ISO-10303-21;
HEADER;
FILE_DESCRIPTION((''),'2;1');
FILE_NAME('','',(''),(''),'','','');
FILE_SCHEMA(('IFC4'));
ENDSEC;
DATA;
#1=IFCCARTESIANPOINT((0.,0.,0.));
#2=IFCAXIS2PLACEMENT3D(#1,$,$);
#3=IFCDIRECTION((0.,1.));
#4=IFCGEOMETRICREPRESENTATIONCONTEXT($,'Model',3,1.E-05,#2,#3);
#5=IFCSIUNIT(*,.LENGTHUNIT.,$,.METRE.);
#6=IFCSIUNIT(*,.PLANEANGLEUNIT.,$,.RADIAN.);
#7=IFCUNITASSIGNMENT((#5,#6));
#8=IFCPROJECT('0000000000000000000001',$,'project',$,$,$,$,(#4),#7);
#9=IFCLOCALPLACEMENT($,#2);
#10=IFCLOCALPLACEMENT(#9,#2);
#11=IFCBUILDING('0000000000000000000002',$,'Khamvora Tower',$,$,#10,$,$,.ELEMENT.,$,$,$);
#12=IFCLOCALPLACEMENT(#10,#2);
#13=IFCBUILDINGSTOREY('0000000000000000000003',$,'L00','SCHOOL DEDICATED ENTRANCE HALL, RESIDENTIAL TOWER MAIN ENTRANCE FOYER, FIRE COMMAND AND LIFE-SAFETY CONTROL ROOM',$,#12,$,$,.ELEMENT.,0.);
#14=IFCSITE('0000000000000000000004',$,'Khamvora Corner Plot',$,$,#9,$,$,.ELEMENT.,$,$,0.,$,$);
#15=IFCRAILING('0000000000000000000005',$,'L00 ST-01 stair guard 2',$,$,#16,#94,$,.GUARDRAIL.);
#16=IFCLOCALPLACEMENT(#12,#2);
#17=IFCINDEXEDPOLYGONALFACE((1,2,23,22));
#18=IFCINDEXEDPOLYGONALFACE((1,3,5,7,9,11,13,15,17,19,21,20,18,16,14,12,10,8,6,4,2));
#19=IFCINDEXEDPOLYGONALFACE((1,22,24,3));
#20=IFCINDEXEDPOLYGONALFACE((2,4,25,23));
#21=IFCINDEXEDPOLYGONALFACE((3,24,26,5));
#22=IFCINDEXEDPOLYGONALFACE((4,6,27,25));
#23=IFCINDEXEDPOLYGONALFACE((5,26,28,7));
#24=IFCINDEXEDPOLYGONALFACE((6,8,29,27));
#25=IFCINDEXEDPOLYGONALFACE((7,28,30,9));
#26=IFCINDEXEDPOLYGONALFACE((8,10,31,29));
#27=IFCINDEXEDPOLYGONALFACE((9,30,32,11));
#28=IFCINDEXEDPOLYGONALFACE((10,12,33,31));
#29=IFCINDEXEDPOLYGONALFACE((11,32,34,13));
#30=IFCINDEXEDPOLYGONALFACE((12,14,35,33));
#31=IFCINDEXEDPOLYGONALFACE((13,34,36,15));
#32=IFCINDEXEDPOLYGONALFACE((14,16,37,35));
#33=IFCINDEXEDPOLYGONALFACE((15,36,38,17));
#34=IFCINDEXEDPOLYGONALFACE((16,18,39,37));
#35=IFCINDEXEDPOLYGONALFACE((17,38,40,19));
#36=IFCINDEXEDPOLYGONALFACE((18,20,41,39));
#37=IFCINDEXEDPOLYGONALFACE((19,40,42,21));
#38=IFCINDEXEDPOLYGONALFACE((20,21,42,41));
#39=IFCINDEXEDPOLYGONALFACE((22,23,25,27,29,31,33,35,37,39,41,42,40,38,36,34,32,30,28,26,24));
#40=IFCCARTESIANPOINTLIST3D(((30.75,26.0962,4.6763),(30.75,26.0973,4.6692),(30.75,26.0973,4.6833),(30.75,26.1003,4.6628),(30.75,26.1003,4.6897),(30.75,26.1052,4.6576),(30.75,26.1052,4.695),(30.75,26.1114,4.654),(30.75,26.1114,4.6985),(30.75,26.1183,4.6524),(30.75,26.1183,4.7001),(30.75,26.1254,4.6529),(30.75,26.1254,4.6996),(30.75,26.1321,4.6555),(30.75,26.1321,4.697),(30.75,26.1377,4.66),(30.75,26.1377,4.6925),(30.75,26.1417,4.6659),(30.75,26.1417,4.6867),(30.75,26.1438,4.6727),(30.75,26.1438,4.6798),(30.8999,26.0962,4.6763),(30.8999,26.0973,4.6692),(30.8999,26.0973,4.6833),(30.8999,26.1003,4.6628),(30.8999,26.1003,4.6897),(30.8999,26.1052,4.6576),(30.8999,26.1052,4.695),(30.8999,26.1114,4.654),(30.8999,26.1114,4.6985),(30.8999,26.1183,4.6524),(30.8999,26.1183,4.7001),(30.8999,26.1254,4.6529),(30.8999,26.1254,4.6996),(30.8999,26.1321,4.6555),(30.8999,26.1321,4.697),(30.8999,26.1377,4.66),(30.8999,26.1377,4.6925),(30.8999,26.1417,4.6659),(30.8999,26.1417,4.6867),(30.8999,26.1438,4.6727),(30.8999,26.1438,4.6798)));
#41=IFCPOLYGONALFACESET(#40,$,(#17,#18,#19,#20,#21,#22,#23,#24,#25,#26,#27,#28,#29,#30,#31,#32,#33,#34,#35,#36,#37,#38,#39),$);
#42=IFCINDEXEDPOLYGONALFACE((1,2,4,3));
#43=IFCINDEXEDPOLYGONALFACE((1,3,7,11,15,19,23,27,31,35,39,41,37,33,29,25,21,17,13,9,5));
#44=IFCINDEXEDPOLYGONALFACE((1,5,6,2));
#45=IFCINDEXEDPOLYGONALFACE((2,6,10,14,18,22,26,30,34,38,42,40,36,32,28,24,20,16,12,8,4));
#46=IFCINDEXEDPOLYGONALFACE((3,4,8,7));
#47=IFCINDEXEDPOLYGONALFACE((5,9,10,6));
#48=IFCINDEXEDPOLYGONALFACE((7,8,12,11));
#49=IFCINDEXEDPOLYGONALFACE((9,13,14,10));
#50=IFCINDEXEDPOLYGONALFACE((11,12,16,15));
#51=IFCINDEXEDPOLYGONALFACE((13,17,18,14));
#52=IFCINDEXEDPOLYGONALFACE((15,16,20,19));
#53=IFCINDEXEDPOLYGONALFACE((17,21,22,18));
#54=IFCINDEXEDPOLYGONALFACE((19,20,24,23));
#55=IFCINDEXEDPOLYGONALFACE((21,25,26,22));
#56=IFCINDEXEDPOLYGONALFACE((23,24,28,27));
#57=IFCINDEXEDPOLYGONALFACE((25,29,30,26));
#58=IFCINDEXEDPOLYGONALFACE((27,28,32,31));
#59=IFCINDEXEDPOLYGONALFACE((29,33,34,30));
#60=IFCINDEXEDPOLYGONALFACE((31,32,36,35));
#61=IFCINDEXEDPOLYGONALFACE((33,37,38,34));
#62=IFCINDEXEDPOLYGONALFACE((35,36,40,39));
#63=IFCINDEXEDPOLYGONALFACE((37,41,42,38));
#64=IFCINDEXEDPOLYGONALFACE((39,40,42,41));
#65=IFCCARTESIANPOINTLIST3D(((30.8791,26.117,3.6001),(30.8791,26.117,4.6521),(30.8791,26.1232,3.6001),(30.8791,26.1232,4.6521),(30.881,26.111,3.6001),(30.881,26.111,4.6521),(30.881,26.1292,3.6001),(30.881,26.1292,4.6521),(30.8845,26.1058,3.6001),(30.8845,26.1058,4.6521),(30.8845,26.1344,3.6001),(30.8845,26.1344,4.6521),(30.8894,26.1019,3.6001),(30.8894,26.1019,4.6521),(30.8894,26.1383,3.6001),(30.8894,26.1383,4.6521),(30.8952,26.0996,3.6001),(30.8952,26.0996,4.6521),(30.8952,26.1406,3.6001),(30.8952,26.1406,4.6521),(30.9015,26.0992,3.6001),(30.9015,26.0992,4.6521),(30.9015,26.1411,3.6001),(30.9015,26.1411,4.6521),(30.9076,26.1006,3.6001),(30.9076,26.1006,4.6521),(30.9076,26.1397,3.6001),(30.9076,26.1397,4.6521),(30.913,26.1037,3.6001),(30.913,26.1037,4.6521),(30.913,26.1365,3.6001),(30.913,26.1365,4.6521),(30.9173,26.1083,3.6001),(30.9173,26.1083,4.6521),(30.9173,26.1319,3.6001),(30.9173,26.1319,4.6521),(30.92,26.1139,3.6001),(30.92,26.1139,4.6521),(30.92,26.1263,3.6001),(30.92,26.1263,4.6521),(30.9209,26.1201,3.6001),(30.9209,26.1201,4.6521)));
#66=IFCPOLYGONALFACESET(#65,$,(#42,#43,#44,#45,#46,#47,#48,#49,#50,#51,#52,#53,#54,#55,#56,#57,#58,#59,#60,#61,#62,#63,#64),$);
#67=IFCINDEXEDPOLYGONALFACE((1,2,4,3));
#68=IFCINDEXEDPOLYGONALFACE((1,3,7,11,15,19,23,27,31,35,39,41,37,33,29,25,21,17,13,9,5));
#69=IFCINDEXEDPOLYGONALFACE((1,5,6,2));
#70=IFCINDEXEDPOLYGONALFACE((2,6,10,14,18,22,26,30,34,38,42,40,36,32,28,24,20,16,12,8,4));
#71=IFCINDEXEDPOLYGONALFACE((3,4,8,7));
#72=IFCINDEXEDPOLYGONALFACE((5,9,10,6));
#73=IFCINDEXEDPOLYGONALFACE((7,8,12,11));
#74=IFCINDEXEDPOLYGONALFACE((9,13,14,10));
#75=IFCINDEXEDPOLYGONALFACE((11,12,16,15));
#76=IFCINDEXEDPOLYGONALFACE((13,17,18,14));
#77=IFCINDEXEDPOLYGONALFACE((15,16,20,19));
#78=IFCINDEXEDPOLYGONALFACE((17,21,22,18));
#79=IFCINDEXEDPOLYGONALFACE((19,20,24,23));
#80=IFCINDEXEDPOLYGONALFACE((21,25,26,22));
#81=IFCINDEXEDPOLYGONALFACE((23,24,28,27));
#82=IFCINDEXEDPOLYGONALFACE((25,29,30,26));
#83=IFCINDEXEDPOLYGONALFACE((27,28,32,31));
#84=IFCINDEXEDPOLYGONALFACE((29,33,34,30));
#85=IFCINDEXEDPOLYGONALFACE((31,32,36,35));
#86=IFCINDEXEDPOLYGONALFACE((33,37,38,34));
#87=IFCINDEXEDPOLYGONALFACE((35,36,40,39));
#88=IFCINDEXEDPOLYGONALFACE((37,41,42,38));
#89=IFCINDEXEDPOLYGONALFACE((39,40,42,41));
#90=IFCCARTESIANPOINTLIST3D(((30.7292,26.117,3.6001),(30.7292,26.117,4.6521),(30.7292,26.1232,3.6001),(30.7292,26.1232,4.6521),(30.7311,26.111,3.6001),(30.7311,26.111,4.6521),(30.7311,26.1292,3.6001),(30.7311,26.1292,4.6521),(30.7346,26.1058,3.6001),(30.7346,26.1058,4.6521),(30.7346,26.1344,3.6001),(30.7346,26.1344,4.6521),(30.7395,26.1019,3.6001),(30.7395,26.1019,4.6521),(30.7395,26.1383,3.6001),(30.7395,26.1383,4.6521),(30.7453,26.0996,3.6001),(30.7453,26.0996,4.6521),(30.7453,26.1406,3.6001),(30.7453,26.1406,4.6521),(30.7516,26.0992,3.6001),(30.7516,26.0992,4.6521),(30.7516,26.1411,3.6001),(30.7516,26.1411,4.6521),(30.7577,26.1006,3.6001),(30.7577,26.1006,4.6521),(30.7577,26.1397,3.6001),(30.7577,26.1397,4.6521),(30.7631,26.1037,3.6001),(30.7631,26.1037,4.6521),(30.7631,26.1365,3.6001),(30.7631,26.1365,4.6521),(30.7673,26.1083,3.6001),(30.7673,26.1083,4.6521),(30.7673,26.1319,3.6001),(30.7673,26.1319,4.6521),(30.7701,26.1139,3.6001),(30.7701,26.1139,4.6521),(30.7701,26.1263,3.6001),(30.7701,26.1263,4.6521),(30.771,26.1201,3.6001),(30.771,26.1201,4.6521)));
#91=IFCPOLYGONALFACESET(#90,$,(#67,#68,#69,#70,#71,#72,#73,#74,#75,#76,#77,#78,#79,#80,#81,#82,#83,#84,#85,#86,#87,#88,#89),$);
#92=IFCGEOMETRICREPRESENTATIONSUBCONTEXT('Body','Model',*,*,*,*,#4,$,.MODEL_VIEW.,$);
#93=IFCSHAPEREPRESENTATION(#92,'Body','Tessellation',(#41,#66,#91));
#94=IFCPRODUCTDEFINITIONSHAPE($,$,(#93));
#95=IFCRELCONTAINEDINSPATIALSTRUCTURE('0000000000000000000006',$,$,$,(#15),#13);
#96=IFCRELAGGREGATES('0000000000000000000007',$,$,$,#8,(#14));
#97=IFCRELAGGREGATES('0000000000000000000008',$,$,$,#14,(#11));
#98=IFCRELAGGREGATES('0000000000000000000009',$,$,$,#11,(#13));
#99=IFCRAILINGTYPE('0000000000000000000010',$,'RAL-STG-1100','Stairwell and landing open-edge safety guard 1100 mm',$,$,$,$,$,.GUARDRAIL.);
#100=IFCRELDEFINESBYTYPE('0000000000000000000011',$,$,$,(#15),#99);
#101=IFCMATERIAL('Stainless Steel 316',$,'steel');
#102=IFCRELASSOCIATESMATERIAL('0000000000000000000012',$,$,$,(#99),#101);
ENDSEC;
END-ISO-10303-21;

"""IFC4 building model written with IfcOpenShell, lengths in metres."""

from ifc_helpers import new_model, si_unit, direction, frame, origin, origin_2d, place, context, subcontext, project, spatial, circle, extrude, material, type_object, element, save


model = new_model("IFC4")

# Units and contexts
model_context = context("Model", 3, precision=1e-05, world=origin(), true_north=direction((0.0, 1.0)))
body_context = subcontext(model_context, "Body", "Model", "MODEL_VIEW")
ifc_project = project(units=[si_unit("LENGTHUNIT", "METRE"), si_unit("PLANEANGLEUNIT", "RADIAN")], contexts=[model_context])

# Site, building, storey
site_placement = place(None, origin())
site = spatial("IfcSite", under=ifc_project, at=site_placement, Name="Khamvora Corner Plot", CompositionType="ELEMENT", RefElevation=0.0)
building_placement = place(site_placement, origin())
building = spatial("IfcBuilding", under=site, at=building_placement, Name="Khamvora Tower", CompositionType="ELEMENT")
storey_placement = place(building_placement, origin())
storey = spatial("IfcBuildingStorey", under=building, at=storey_placement, Name="L00", Description="SCHOOL DEDICATED ENTRANCE HALL, RESIDENTIAL TOWER MAIN ENTRANCE FOYER, FIRE COMMAND AND LIFE-SAFETY CONTROL ROOM", CompositionType="ELEMENT", Elevation=0.0)

# Railing
ifc_material_1 = material(Name="Stainless Steel 316", Category="steel")
railing_type_1 = type_object("IfcRailingType", Name="RAL-STG-1100", Description="Stairwell and landing open-edge safety guard 1100 mm", PredefinedType="GUARDRAIL", material=ifc_material_1)
railing_1_placement = place(storey_placement, frame((30.8999, 26.1201, 3.6001)))
element("IfcRailing", 1, at=railing_1_placement, inside=storey, type_object=railing_type_1, Name="L00 ST-01 stair guard 2", PredefinedType="GUARDRAIL", context=body_context, shape_type="SweptSolid", body=[
    extrude(circle(Radius=0.0239, at=origin_2d()), frame((0.0, 0.0, 1.0762), z_axis=(-1.0, 0.0, 0.0), x_axis=(0.0, -1.0, 0.0)), (0.0, 0.0, 1.0), 0.1499),
    extrude(circle(Radius=0.021, at=origin_2d()), origin(), (0.0, 0.0, 1.0), 1.052),
    extrude(circle(Radius=0.021, at=origin_2d()), frame((-0.1499, 0.0, 0.0)), (0.0, 0.0, 1.0), 1.052),
])

save(model, "model.ifc")
